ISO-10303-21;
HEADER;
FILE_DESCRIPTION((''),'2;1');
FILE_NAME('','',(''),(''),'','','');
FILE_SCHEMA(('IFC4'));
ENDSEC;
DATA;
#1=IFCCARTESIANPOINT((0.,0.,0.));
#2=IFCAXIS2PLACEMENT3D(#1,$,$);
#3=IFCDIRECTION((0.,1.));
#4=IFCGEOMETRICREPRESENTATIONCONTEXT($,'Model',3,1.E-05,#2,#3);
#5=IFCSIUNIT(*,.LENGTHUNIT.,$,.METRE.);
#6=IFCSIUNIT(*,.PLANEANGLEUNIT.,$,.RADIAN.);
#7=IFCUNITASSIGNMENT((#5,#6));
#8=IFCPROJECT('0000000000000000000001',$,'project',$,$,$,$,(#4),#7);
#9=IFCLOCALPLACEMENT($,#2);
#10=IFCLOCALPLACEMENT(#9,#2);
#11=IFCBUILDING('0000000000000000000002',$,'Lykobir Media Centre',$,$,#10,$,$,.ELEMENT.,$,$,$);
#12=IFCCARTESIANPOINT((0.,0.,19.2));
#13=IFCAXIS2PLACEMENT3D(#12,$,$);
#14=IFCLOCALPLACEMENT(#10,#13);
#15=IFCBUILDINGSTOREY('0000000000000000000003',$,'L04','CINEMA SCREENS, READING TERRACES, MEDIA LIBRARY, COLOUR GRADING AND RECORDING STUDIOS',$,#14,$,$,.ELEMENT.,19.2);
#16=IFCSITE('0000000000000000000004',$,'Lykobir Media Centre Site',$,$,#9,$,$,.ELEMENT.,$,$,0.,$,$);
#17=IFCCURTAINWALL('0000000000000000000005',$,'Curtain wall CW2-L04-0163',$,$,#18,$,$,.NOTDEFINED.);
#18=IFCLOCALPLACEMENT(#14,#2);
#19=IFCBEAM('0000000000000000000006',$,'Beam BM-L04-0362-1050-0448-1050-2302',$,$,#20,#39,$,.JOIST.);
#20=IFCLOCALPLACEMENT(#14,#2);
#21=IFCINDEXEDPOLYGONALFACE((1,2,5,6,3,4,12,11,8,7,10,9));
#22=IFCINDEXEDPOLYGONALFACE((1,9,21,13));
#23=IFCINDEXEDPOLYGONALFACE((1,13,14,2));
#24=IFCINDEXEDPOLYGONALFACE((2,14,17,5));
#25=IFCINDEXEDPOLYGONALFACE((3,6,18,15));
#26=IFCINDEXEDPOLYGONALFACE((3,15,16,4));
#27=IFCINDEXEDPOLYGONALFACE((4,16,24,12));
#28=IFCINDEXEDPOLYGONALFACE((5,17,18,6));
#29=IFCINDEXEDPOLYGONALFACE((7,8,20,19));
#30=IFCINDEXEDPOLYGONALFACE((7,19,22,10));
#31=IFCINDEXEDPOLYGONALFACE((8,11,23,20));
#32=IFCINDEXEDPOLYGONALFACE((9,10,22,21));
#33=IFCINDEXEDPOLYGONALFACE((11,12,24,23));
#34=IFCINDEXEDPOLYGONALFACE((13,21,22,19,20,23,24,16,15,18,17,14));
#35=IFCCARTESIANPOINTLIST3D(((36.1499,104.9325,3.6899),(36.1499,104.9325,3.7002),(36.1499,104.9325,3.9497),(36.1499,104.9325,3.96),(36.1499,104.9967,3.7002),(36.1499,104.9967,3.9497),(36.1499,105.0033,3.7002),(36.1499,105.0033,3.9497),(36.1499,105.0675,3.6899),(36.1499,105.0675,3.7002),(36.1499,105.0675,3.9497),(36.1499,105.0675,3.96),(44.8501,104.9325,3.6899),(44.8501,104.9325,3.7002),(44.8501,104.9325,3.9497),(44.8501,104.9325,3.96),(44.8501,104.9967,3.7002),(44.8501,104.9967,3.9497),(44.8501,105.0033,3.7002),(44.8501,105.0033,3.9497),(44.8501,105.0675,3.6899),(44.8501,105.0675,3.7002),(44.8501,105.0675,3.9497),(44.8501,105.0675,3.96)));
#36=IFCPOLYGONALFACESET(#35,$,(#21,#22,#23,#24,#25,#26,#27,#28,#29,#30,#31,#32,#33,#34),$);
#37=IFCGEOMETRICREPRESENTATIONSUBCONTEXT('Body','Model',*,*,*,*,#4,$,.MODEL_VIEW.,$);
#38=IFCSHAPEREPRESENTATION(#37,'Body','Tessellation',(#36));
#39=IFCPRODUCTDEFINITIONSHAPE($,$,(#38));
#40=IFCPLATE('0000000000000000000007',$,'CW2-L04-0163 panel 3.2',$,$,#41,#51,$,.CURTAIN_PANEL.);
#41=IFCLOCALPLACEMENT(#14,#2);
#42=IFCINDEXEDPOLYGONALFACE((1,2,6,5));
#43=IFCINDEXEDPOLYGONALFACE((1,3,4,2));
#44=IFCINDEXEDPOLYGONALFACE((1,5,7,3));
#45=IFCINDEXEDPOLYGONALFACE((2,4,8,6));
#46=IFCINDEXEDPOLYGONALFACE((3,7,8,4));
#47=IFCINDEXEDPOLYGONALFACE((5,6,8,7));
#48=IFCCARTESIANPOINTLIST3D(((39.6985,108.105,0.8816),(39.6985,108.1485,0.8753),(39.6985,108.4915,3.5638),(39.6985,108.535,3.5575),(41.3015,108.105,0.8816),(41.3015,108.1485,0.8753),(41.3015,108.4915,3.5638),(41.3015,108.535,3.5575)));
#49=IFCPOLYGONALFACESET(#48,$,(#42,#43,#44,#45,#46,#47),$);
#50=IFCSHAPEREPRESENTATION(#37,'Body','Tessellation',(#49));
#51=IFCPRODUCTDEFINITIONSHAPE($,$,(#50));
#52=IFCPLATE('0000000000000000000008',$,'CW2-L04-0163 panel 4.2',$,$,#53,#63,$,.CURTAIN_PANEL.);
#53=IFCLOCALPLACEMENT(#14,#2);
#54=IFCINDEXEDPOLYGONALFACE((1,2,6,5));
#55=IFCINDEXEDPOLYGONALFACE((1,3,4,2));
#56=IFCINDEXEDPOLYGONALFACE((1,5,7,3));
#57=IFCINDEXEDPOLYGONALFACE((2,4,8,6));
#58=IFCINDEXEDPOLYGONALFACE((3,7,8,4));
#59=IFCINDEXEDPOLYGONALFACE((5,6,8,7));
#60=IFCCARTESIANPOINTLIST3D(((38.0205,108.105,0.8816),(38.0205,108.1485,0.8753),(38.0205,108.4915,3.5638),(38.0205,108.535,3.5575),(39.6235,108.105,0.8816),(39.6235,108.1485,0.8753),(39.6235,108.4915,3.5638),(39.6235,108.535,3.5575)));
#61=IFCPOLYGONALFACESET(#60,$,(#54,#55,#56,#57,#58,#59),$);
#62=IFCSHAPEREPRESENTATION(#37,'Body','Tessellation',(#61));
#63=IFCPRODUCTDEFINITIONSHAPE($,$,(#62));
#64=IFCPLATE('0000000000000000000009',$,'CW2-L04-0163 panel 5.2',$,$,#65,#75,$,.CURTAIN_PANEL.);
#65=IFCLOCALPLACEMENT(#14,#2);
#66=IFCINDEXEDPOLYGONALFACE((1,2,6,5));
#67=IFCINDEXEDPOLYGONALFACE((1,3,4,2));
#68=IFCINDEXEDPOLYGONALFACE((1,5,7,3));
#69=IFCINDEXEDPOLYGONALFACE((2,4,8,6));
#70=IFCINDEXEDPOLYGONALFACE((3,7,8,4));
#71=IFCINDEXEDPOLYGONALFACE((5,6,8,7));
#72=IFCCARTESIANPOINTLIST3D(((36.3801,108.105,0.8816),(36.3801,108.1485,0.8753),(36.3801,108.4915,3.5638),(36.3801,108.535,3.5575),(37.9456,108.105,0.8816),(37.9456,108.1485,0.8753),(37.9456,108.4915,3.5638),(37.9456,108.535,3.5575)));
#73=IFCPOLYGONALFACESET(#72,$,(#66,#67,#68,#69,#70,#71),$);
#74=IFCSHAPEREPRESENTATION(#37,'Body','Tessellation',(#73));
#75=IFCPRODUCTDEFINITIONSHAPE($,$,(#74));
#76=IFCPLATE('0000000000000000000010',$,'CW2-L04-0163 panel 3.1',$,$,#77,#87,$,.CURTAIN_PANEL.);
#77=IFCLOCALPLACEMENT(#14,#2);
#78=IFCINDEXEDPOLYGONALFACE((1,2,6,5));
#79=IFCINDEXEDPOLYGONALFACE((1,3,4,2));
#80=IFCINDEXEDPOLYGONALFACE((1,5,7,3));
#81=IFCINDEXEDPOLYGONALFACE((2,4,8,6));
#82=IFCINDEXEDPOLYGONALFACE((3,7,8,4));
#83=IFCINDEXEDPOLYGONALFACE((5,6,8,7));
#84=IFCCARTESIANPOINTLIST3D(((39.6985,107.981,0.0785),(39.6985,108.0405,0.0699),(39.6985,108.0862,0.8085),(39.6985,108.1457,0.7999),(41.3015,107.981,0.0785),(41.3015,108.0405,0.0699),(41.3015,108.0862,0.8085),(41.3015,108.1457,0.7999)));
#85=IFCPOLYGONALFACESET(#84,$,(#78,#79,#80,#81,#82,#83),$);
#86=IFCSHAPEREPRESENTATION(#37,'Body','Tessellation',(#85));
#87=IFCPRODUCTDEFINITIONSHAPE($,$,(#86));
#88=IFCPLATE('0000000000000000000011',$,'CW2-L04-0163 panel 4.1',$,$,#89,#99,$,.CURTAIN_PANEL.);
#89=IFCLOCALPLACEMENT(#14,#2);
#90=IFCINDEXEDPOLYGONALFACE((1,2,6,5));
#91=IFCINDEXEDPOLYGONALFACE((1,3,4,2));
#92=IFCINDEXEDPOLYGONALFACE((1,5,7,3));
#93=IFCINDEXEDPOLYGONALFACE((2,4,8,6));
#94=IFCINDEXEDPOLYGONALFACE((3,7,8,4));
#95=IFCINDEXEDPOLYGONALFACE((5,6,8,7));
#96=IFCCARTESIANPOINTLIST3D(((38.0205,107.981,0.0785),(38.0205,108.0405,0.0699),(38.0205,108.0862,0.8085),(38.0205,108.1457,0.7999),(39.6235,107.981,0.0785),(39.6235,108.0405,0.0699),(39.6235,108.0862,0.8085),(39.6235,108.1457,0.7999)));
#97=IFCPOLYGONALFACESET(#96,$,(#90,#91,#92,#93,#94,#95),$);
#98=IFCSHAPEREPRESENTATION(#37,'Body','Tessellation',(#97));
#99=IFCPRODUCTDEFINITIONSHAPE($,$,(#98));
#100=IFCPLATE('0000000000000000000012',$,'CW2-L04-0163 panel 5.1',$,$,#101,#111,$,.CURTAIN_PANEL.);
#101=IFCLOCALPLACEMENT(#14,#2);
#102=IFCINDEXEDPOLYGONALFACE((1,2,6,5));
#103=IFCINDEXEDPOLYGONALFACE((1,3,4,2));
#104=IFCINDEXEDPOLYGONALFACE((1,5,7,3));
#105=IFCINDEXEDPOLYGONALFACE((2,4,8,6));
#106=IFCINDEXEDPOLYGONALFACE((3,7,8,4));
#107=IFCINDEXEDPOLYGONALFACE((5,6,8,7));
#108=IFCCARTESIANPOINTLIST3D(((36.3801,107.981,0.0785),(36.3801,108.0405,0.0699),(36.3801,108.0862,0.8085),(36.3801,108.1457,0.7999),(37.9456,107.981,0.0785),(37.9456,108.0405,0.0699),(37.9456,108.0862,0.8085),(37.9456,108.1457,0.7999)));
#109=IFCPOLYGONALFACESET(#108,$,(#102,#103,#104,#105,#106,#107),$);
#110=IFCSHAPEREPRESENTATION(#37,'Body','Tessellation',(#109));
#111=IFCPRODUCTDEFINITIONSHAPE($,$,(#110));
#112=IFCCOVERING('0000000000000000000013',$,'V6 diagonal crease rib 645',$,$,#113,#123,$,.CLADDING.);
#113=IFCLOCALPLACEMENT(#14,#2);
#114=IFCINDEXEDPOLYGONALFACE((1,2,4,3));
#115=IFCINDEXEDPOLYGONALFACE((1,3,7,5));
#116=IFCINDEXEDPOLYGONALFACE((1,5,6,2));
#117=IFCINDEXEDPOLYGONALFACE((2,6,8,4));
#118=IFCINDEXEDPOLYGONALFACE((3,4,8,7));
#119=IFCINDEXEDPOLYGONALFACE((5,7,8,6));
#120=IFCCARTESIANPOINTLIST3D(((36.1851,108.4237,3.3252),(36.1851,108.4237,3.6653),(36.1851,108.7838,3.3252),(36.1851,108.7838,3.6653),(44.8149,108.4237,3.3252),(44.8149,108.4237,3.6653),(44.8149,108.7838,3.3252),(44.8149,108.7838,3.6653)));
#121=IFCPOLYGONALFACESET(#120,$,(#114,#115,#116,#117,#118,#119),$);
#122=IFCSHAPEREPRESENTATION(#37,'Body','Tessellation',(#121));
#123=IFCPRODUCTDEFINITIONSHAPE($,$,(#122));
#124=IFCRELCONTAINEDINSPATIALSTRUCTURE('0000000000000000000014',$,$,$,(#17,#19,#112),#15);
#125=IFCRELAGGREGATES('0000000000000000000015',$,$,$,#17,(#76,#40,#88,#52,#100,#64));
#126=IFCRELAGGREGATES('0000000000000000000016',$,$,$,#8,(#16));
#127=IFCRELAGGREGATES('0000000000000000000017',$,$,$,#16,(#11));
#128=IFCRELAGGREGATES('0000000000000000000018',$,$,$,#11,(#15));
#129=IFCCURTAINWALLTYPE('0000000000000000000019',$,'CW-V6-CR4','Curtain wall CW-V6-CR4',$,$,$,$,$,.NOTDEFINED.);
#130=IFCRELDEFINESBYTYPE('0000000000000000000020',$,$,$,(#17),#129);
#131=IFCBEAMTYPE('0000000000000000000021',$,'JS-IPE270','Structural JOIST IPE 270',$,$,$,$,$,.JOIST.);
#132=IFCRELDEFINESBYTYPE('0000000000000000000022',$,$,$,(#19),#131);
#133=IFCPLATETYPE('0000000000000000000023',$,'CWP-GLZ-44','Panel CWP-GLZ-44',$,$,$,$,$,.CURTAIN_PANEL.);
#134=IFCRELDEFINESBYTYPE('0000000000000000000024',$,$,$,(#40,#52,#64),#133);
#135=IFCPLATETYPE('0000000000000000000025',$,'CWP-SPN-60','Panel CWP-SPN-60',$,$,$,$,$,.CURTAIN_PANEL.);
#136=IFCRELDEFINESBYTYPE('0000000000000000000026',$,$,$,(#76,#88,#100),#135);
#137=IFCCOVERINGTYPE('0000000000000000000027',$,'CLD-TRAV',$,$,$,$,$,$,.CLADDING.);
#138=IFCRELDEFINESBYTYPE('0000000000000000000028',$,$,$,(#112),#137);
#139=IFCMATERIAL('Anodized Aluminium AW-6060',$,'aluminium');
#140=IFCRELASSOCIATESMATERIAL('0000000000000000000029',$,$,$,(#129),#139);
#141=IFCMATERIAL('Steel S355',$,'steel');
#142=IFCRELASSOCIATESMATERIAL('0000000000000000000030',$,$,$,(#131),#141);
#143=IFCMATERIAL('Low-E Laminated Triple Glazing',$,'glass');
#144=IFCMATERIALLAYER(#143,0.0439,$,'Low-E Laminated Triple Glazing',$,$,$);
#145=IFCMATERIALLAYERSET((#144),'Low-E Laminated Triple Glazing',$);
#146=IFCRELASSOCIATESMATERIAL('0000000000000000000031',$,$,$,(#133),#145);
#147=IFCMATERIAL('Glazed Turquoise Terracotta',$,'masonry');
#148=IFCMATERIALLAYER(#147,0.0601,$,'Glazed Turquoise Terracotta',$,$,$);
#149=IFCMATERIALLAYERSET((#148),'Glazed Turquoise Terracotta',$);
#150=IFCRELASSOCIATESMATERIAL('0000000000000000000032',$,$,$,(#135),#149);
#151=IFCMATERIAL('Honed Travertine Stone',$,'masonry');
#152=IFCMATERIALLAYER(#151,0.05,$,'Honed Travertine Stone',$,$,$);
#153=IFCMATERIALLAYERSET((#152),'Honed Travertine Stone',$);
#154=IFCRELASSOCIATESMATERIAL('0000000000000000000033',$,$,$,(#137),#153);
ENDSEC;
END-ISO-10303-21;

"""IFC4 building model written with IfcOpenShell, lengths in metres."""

from ifc_helpers import new_model, si_unit, direction, frame, origin, origin_2d, place, context, subcontext, project, spatial, rectangle, i_section, extrude, material, layer, layer_set, material_profile, profile_set, type_object, element, aggregate, save


model = new_model("IFC4")

# Units and contexts
model_context = context("Model", 3, precision=1e-05, world=origin(), true_north=direction((0.0, 1.0)))
body_context = subcontext(model_context, "Body", "Model", "MODEL_VIEW")
ifc_project = project(units=[si_unit("LENGTHUNIT", "METRE"), si_unit("PLANEANGLEUNIT", "RADIAN")], contexts=[model_context])

# Site, building, storey
site_placement = place(None, origin())
site = spatial("IfcSite", under=ifc_project, at=site_placement, Name="Lykobir Media Centre Site", CompositionType="ELEMENT", RefElevation=0.0)
building_placement = place(site_placement, origin())
building = spatial("IfcBuilding", under=site, at=building_placement, Name="Lykobir Media Centre", CompositionType="ELEMENT")
storey_placement = place(building_placement, frame((0.0, 0.0, 19.2)))
storey = spatial("IfcBuildingStorey", under=building, at=storey_placement, Name="L04", Description="CINEMA SCREENS, READING TERRACES, MEDIA LIBRARY, COLOUR GRADING AND RECORDING STUDIOS", CompositionType="ELEMENT", Elevation=19.2)

# Curtain wall
ifc_material_1 = material(Name="Anodized Aluminium AW-6060", Category="aluminium")
curtain_wall_type = type_object("IfcCurtainWallType", Name="CW-V6-CR4", Description="Curtain wall CW-V6-CR4", PredefinedType="NOTDEFINED", material=ifc_material_1)
curtain_wall_placement = place(storey_placement, origin())
curtain_wall = element("IfcCurtainWall", 1, at=curtain_wall_placement, inside=storey, type_object=curtain_wall_type, Name="Curtain wall CW2-L04-0163", PredefinedType="NOTDEFINED")

# Beam
ifc_material_2 = material(Name="Steel S355", Category="steel")
ifc_material_profile_1 = material_profile(ifc_material_2, i_section(OverallWidth=0.135, OverallDepth=0.27, WebThickness=0.0066, FlangeThickness=0.0103, at=origin_2d()), Name="IPE 270")
ifc_profile_set_1 = profile_set([ifc_material_profile_1], Name="Steel S355")
beam_type = type_object("IfcBeamType", Name="JS-IPE270", Description="Structural JOIST IPE 270", PredefinedType="JOIST", material=ifc_profile_set_1)
beam_placement = place(storey_placement, frame((36.1499, 105.0, 3.825), z_axis=(1.0, 0.0, 0.0), x_axis=(0.0, 1.0, 0.0)))
element("IfcBeam", 2, at=beam_placement, inside=storey, type_object=beam_type, Name="Beam BM-L04-0362-1050-0448-1050-2302", PredefinedType="JOIST", context=body_context, shape_type="SweptSolid", body=[
    extrude(i_section(OverallWidth=0.135, OverallDepth=0.27, WebThickness=0.0066, FlangeThickness=0.0103, at=origin_2d()), origin(), (0.0, 0.0, 1.0), 8.7002),
])

# Plates
ifc_material_3 = material(Name="Low-E Laminated Triple Glazing", Category="glass")
ifc_layer_1 = layer(ifc_material_3, 0.0439, Name="Low-E Laminated Triple Glazing")
ifc_layer_set_1 = layer_set([ifc_layer_1], Name="Low-E Laminated Triple Glazing")
plate_type_1 = type_object("IfcPlateType", Name="CWP-GLZ-44", Description="Panel CWP-GLZ-44", PredefinedType="CURTAIN_PANEL", material=ifc_layer_set_1)
plate_1_placement = place(storey_placement, frame((40.5, 108.1267, 0.8784), z_axis=(0.0, 0.142629, 0.989776), x_axis=(-1.0, 0.0, 0.0)))
plate_1 = element("IfcPlate", 3, at=plate_1_placement, type_object=plate_type_1, Name="CW2-L04-0163 panel 3.2", PredefinedType="CURTAIN_PANEL", context=body_context, shape_type="SweptSolid", body=[
    extrude(rectangle(XDim=1.603, YDim=0.0439, at=origin_2d()), origin(), (0.0, 0.0, 1.0), 2.71),
])
plate_2_placement = place(storey_placement, frame((38.822, 108.1267, 0.8784), z_axis=(0.0, 0.142629, 0.989776), x_axis=(-1.0, 0.0, 0.0)))
plate_2 = element("IfcPlate", 4, at=plate_2_placement, type_object=plate_type_1, Name="CW2-L04-0163 panel 4.2", PredefinedType="CURTAIN_PANEL", context=body_context, shape_type="SweptSolid", body=[
    extrude(rectangle(XDim=1.603, YDim=0.0439, at=origin_2d()), origin(), (0.0, 0.0, 1.0), 2.71),
])
plate_3_placement = place(storey_placement, frame((37.1628, 108.1267, 0.8784), z_axis=(0.0, 0.142629, 0.989776), x_axis=(-1.0, 0.0, 0.0)))
plate_3 = element("IfcPlate", 5, at=plate_3_placement, type_object=plate_type_1, Name="CW2-L04-0163 panel 5.2", PredefinedType="CURTAIN_PANEL", context=body_context, shape_type="SweptSolid", body=[
    extrude(rectangle(XDim=1.5654, YDim=0.0439, at=origin_2d()), origin(), (0.0, 0.0, 1.0), 2.71),
])
ifc_material_4 = material(Name="Glazed Turquoise Terracotta", Category="masonry")
ifc_layer_2 = layer(ifc_material_4, 0.0601, Name="Glazed Turquoise Terracotta")
ifc_layer_set_2 = layer_set([ifc_layer_2], Name="Glazed Turquoise Terracotta")
plate_type_2 = type_object("IfcPlateType", Name="CWP-SPN-60", Description="Panel CWP-SPN-60", PredefinedType="CURTAIN_PANEL", material=ifc_layer_set_2)
plate_4_placement = place(storey_placement, frame((40.5, 108.0107, 0.0742), z_axis=(0.0, 0.142629, 0.989776), x_axis=(-1.0, 0.0, 0.0)))
plate_4 = element("IfcPlate", 6, at=plate_4_placement, type_object=plate_type_2, Name="CW2-L04-0163 panel 3.1", PredefinedType="CURTAIN_PANEL", context=body_context, shape_type="SweptSolid", body=[
    extrude(rectangle(XDim=1.603, YDim=0.0601, at=origin_2d()), origin(), (0.0, 0.0, 1.0), 0.7375),
])
plate_5_placement = place(storey_placement, frame((38.822, 108.0107, 0.0742), z_axis=(0.0, 0.142629, 0.989776), x_axis=(-1.0, 0.0, 0.0)))
plate_5 = element("IfcPlate", 7, at=plate_5_placement, type_object=plate_type_2, Name="CW2-L04-0163 panel 4.1", PredefinedType="CURTAIN_PANEL", context=body_context, shape_type="SweptSolid", body=[
    extrude(rectangle(XDim=1.603, YDim=0.0601, at=origin_2d()), origin(), (0.0, 0.0, 1.0), 0.7375),
])
plate_6_placement = place(storey_placement, frame((37.1628, 108.0107, 0.0742), z_axis=(0.0, 0.142629, 0.989776), x_axis=(-1.0, 0.0, 0.0)))
plate_6 = element("IfcPlate", 8, at=plate_6_placement, type_object=plate_type_2, Name="CW2-L04-0163 panel 5.1", PredefinedType="CURTAIN_PANEL", context=body_context, shape_type="SweptSolid", body=[
    extrude(rectangle(XDim=1.5654, YDim=0.0601, at=origin_2d()), origin(), (0.0, 0.0, 1.0), 0.7375),
])
aggregate(curtain_wall, [plate_4, plate_1, plate_5, plate_2, plate_6, plate_3])

# Covering
ifc_material_5 = material(Name="Honed Travertine Stone", Category="masonry")
ifc_layer_3 = layer(ifc_material_5, 0.05, Name="Honed Travertine Stone")
ifc_layer_set_3 = layer_set([ifc_layer_3], Name="Honed Travertine Stone")
covering_type = type_object("IfcCoveringType", Name="CLD-TRAV", PredefinedType="CLADDING", material=ifc_layer_set_3)
covering_placement = place(storey_placement, frame((40.5, 108.6038, 3.3252), z_axis=(0.0, 0.0, 1.0), x_axis=(-1.0, 0.0, 0.0)))
element("IfcCovering", 9, at=covering_placement, inside=storey, type_object=covering_type, Name="V6 diagonal crease rib 645", PredefinedType="CLADDING", context=body_context, shape_type="SweptSolid", body=[
    extrude(rectangle(XDim=8.6299, YDim=0.3601, at=origin_2d()), origin(), (0.0, 0.0, 1.0), 0.3401),
])

save(model, "model.ifc")
